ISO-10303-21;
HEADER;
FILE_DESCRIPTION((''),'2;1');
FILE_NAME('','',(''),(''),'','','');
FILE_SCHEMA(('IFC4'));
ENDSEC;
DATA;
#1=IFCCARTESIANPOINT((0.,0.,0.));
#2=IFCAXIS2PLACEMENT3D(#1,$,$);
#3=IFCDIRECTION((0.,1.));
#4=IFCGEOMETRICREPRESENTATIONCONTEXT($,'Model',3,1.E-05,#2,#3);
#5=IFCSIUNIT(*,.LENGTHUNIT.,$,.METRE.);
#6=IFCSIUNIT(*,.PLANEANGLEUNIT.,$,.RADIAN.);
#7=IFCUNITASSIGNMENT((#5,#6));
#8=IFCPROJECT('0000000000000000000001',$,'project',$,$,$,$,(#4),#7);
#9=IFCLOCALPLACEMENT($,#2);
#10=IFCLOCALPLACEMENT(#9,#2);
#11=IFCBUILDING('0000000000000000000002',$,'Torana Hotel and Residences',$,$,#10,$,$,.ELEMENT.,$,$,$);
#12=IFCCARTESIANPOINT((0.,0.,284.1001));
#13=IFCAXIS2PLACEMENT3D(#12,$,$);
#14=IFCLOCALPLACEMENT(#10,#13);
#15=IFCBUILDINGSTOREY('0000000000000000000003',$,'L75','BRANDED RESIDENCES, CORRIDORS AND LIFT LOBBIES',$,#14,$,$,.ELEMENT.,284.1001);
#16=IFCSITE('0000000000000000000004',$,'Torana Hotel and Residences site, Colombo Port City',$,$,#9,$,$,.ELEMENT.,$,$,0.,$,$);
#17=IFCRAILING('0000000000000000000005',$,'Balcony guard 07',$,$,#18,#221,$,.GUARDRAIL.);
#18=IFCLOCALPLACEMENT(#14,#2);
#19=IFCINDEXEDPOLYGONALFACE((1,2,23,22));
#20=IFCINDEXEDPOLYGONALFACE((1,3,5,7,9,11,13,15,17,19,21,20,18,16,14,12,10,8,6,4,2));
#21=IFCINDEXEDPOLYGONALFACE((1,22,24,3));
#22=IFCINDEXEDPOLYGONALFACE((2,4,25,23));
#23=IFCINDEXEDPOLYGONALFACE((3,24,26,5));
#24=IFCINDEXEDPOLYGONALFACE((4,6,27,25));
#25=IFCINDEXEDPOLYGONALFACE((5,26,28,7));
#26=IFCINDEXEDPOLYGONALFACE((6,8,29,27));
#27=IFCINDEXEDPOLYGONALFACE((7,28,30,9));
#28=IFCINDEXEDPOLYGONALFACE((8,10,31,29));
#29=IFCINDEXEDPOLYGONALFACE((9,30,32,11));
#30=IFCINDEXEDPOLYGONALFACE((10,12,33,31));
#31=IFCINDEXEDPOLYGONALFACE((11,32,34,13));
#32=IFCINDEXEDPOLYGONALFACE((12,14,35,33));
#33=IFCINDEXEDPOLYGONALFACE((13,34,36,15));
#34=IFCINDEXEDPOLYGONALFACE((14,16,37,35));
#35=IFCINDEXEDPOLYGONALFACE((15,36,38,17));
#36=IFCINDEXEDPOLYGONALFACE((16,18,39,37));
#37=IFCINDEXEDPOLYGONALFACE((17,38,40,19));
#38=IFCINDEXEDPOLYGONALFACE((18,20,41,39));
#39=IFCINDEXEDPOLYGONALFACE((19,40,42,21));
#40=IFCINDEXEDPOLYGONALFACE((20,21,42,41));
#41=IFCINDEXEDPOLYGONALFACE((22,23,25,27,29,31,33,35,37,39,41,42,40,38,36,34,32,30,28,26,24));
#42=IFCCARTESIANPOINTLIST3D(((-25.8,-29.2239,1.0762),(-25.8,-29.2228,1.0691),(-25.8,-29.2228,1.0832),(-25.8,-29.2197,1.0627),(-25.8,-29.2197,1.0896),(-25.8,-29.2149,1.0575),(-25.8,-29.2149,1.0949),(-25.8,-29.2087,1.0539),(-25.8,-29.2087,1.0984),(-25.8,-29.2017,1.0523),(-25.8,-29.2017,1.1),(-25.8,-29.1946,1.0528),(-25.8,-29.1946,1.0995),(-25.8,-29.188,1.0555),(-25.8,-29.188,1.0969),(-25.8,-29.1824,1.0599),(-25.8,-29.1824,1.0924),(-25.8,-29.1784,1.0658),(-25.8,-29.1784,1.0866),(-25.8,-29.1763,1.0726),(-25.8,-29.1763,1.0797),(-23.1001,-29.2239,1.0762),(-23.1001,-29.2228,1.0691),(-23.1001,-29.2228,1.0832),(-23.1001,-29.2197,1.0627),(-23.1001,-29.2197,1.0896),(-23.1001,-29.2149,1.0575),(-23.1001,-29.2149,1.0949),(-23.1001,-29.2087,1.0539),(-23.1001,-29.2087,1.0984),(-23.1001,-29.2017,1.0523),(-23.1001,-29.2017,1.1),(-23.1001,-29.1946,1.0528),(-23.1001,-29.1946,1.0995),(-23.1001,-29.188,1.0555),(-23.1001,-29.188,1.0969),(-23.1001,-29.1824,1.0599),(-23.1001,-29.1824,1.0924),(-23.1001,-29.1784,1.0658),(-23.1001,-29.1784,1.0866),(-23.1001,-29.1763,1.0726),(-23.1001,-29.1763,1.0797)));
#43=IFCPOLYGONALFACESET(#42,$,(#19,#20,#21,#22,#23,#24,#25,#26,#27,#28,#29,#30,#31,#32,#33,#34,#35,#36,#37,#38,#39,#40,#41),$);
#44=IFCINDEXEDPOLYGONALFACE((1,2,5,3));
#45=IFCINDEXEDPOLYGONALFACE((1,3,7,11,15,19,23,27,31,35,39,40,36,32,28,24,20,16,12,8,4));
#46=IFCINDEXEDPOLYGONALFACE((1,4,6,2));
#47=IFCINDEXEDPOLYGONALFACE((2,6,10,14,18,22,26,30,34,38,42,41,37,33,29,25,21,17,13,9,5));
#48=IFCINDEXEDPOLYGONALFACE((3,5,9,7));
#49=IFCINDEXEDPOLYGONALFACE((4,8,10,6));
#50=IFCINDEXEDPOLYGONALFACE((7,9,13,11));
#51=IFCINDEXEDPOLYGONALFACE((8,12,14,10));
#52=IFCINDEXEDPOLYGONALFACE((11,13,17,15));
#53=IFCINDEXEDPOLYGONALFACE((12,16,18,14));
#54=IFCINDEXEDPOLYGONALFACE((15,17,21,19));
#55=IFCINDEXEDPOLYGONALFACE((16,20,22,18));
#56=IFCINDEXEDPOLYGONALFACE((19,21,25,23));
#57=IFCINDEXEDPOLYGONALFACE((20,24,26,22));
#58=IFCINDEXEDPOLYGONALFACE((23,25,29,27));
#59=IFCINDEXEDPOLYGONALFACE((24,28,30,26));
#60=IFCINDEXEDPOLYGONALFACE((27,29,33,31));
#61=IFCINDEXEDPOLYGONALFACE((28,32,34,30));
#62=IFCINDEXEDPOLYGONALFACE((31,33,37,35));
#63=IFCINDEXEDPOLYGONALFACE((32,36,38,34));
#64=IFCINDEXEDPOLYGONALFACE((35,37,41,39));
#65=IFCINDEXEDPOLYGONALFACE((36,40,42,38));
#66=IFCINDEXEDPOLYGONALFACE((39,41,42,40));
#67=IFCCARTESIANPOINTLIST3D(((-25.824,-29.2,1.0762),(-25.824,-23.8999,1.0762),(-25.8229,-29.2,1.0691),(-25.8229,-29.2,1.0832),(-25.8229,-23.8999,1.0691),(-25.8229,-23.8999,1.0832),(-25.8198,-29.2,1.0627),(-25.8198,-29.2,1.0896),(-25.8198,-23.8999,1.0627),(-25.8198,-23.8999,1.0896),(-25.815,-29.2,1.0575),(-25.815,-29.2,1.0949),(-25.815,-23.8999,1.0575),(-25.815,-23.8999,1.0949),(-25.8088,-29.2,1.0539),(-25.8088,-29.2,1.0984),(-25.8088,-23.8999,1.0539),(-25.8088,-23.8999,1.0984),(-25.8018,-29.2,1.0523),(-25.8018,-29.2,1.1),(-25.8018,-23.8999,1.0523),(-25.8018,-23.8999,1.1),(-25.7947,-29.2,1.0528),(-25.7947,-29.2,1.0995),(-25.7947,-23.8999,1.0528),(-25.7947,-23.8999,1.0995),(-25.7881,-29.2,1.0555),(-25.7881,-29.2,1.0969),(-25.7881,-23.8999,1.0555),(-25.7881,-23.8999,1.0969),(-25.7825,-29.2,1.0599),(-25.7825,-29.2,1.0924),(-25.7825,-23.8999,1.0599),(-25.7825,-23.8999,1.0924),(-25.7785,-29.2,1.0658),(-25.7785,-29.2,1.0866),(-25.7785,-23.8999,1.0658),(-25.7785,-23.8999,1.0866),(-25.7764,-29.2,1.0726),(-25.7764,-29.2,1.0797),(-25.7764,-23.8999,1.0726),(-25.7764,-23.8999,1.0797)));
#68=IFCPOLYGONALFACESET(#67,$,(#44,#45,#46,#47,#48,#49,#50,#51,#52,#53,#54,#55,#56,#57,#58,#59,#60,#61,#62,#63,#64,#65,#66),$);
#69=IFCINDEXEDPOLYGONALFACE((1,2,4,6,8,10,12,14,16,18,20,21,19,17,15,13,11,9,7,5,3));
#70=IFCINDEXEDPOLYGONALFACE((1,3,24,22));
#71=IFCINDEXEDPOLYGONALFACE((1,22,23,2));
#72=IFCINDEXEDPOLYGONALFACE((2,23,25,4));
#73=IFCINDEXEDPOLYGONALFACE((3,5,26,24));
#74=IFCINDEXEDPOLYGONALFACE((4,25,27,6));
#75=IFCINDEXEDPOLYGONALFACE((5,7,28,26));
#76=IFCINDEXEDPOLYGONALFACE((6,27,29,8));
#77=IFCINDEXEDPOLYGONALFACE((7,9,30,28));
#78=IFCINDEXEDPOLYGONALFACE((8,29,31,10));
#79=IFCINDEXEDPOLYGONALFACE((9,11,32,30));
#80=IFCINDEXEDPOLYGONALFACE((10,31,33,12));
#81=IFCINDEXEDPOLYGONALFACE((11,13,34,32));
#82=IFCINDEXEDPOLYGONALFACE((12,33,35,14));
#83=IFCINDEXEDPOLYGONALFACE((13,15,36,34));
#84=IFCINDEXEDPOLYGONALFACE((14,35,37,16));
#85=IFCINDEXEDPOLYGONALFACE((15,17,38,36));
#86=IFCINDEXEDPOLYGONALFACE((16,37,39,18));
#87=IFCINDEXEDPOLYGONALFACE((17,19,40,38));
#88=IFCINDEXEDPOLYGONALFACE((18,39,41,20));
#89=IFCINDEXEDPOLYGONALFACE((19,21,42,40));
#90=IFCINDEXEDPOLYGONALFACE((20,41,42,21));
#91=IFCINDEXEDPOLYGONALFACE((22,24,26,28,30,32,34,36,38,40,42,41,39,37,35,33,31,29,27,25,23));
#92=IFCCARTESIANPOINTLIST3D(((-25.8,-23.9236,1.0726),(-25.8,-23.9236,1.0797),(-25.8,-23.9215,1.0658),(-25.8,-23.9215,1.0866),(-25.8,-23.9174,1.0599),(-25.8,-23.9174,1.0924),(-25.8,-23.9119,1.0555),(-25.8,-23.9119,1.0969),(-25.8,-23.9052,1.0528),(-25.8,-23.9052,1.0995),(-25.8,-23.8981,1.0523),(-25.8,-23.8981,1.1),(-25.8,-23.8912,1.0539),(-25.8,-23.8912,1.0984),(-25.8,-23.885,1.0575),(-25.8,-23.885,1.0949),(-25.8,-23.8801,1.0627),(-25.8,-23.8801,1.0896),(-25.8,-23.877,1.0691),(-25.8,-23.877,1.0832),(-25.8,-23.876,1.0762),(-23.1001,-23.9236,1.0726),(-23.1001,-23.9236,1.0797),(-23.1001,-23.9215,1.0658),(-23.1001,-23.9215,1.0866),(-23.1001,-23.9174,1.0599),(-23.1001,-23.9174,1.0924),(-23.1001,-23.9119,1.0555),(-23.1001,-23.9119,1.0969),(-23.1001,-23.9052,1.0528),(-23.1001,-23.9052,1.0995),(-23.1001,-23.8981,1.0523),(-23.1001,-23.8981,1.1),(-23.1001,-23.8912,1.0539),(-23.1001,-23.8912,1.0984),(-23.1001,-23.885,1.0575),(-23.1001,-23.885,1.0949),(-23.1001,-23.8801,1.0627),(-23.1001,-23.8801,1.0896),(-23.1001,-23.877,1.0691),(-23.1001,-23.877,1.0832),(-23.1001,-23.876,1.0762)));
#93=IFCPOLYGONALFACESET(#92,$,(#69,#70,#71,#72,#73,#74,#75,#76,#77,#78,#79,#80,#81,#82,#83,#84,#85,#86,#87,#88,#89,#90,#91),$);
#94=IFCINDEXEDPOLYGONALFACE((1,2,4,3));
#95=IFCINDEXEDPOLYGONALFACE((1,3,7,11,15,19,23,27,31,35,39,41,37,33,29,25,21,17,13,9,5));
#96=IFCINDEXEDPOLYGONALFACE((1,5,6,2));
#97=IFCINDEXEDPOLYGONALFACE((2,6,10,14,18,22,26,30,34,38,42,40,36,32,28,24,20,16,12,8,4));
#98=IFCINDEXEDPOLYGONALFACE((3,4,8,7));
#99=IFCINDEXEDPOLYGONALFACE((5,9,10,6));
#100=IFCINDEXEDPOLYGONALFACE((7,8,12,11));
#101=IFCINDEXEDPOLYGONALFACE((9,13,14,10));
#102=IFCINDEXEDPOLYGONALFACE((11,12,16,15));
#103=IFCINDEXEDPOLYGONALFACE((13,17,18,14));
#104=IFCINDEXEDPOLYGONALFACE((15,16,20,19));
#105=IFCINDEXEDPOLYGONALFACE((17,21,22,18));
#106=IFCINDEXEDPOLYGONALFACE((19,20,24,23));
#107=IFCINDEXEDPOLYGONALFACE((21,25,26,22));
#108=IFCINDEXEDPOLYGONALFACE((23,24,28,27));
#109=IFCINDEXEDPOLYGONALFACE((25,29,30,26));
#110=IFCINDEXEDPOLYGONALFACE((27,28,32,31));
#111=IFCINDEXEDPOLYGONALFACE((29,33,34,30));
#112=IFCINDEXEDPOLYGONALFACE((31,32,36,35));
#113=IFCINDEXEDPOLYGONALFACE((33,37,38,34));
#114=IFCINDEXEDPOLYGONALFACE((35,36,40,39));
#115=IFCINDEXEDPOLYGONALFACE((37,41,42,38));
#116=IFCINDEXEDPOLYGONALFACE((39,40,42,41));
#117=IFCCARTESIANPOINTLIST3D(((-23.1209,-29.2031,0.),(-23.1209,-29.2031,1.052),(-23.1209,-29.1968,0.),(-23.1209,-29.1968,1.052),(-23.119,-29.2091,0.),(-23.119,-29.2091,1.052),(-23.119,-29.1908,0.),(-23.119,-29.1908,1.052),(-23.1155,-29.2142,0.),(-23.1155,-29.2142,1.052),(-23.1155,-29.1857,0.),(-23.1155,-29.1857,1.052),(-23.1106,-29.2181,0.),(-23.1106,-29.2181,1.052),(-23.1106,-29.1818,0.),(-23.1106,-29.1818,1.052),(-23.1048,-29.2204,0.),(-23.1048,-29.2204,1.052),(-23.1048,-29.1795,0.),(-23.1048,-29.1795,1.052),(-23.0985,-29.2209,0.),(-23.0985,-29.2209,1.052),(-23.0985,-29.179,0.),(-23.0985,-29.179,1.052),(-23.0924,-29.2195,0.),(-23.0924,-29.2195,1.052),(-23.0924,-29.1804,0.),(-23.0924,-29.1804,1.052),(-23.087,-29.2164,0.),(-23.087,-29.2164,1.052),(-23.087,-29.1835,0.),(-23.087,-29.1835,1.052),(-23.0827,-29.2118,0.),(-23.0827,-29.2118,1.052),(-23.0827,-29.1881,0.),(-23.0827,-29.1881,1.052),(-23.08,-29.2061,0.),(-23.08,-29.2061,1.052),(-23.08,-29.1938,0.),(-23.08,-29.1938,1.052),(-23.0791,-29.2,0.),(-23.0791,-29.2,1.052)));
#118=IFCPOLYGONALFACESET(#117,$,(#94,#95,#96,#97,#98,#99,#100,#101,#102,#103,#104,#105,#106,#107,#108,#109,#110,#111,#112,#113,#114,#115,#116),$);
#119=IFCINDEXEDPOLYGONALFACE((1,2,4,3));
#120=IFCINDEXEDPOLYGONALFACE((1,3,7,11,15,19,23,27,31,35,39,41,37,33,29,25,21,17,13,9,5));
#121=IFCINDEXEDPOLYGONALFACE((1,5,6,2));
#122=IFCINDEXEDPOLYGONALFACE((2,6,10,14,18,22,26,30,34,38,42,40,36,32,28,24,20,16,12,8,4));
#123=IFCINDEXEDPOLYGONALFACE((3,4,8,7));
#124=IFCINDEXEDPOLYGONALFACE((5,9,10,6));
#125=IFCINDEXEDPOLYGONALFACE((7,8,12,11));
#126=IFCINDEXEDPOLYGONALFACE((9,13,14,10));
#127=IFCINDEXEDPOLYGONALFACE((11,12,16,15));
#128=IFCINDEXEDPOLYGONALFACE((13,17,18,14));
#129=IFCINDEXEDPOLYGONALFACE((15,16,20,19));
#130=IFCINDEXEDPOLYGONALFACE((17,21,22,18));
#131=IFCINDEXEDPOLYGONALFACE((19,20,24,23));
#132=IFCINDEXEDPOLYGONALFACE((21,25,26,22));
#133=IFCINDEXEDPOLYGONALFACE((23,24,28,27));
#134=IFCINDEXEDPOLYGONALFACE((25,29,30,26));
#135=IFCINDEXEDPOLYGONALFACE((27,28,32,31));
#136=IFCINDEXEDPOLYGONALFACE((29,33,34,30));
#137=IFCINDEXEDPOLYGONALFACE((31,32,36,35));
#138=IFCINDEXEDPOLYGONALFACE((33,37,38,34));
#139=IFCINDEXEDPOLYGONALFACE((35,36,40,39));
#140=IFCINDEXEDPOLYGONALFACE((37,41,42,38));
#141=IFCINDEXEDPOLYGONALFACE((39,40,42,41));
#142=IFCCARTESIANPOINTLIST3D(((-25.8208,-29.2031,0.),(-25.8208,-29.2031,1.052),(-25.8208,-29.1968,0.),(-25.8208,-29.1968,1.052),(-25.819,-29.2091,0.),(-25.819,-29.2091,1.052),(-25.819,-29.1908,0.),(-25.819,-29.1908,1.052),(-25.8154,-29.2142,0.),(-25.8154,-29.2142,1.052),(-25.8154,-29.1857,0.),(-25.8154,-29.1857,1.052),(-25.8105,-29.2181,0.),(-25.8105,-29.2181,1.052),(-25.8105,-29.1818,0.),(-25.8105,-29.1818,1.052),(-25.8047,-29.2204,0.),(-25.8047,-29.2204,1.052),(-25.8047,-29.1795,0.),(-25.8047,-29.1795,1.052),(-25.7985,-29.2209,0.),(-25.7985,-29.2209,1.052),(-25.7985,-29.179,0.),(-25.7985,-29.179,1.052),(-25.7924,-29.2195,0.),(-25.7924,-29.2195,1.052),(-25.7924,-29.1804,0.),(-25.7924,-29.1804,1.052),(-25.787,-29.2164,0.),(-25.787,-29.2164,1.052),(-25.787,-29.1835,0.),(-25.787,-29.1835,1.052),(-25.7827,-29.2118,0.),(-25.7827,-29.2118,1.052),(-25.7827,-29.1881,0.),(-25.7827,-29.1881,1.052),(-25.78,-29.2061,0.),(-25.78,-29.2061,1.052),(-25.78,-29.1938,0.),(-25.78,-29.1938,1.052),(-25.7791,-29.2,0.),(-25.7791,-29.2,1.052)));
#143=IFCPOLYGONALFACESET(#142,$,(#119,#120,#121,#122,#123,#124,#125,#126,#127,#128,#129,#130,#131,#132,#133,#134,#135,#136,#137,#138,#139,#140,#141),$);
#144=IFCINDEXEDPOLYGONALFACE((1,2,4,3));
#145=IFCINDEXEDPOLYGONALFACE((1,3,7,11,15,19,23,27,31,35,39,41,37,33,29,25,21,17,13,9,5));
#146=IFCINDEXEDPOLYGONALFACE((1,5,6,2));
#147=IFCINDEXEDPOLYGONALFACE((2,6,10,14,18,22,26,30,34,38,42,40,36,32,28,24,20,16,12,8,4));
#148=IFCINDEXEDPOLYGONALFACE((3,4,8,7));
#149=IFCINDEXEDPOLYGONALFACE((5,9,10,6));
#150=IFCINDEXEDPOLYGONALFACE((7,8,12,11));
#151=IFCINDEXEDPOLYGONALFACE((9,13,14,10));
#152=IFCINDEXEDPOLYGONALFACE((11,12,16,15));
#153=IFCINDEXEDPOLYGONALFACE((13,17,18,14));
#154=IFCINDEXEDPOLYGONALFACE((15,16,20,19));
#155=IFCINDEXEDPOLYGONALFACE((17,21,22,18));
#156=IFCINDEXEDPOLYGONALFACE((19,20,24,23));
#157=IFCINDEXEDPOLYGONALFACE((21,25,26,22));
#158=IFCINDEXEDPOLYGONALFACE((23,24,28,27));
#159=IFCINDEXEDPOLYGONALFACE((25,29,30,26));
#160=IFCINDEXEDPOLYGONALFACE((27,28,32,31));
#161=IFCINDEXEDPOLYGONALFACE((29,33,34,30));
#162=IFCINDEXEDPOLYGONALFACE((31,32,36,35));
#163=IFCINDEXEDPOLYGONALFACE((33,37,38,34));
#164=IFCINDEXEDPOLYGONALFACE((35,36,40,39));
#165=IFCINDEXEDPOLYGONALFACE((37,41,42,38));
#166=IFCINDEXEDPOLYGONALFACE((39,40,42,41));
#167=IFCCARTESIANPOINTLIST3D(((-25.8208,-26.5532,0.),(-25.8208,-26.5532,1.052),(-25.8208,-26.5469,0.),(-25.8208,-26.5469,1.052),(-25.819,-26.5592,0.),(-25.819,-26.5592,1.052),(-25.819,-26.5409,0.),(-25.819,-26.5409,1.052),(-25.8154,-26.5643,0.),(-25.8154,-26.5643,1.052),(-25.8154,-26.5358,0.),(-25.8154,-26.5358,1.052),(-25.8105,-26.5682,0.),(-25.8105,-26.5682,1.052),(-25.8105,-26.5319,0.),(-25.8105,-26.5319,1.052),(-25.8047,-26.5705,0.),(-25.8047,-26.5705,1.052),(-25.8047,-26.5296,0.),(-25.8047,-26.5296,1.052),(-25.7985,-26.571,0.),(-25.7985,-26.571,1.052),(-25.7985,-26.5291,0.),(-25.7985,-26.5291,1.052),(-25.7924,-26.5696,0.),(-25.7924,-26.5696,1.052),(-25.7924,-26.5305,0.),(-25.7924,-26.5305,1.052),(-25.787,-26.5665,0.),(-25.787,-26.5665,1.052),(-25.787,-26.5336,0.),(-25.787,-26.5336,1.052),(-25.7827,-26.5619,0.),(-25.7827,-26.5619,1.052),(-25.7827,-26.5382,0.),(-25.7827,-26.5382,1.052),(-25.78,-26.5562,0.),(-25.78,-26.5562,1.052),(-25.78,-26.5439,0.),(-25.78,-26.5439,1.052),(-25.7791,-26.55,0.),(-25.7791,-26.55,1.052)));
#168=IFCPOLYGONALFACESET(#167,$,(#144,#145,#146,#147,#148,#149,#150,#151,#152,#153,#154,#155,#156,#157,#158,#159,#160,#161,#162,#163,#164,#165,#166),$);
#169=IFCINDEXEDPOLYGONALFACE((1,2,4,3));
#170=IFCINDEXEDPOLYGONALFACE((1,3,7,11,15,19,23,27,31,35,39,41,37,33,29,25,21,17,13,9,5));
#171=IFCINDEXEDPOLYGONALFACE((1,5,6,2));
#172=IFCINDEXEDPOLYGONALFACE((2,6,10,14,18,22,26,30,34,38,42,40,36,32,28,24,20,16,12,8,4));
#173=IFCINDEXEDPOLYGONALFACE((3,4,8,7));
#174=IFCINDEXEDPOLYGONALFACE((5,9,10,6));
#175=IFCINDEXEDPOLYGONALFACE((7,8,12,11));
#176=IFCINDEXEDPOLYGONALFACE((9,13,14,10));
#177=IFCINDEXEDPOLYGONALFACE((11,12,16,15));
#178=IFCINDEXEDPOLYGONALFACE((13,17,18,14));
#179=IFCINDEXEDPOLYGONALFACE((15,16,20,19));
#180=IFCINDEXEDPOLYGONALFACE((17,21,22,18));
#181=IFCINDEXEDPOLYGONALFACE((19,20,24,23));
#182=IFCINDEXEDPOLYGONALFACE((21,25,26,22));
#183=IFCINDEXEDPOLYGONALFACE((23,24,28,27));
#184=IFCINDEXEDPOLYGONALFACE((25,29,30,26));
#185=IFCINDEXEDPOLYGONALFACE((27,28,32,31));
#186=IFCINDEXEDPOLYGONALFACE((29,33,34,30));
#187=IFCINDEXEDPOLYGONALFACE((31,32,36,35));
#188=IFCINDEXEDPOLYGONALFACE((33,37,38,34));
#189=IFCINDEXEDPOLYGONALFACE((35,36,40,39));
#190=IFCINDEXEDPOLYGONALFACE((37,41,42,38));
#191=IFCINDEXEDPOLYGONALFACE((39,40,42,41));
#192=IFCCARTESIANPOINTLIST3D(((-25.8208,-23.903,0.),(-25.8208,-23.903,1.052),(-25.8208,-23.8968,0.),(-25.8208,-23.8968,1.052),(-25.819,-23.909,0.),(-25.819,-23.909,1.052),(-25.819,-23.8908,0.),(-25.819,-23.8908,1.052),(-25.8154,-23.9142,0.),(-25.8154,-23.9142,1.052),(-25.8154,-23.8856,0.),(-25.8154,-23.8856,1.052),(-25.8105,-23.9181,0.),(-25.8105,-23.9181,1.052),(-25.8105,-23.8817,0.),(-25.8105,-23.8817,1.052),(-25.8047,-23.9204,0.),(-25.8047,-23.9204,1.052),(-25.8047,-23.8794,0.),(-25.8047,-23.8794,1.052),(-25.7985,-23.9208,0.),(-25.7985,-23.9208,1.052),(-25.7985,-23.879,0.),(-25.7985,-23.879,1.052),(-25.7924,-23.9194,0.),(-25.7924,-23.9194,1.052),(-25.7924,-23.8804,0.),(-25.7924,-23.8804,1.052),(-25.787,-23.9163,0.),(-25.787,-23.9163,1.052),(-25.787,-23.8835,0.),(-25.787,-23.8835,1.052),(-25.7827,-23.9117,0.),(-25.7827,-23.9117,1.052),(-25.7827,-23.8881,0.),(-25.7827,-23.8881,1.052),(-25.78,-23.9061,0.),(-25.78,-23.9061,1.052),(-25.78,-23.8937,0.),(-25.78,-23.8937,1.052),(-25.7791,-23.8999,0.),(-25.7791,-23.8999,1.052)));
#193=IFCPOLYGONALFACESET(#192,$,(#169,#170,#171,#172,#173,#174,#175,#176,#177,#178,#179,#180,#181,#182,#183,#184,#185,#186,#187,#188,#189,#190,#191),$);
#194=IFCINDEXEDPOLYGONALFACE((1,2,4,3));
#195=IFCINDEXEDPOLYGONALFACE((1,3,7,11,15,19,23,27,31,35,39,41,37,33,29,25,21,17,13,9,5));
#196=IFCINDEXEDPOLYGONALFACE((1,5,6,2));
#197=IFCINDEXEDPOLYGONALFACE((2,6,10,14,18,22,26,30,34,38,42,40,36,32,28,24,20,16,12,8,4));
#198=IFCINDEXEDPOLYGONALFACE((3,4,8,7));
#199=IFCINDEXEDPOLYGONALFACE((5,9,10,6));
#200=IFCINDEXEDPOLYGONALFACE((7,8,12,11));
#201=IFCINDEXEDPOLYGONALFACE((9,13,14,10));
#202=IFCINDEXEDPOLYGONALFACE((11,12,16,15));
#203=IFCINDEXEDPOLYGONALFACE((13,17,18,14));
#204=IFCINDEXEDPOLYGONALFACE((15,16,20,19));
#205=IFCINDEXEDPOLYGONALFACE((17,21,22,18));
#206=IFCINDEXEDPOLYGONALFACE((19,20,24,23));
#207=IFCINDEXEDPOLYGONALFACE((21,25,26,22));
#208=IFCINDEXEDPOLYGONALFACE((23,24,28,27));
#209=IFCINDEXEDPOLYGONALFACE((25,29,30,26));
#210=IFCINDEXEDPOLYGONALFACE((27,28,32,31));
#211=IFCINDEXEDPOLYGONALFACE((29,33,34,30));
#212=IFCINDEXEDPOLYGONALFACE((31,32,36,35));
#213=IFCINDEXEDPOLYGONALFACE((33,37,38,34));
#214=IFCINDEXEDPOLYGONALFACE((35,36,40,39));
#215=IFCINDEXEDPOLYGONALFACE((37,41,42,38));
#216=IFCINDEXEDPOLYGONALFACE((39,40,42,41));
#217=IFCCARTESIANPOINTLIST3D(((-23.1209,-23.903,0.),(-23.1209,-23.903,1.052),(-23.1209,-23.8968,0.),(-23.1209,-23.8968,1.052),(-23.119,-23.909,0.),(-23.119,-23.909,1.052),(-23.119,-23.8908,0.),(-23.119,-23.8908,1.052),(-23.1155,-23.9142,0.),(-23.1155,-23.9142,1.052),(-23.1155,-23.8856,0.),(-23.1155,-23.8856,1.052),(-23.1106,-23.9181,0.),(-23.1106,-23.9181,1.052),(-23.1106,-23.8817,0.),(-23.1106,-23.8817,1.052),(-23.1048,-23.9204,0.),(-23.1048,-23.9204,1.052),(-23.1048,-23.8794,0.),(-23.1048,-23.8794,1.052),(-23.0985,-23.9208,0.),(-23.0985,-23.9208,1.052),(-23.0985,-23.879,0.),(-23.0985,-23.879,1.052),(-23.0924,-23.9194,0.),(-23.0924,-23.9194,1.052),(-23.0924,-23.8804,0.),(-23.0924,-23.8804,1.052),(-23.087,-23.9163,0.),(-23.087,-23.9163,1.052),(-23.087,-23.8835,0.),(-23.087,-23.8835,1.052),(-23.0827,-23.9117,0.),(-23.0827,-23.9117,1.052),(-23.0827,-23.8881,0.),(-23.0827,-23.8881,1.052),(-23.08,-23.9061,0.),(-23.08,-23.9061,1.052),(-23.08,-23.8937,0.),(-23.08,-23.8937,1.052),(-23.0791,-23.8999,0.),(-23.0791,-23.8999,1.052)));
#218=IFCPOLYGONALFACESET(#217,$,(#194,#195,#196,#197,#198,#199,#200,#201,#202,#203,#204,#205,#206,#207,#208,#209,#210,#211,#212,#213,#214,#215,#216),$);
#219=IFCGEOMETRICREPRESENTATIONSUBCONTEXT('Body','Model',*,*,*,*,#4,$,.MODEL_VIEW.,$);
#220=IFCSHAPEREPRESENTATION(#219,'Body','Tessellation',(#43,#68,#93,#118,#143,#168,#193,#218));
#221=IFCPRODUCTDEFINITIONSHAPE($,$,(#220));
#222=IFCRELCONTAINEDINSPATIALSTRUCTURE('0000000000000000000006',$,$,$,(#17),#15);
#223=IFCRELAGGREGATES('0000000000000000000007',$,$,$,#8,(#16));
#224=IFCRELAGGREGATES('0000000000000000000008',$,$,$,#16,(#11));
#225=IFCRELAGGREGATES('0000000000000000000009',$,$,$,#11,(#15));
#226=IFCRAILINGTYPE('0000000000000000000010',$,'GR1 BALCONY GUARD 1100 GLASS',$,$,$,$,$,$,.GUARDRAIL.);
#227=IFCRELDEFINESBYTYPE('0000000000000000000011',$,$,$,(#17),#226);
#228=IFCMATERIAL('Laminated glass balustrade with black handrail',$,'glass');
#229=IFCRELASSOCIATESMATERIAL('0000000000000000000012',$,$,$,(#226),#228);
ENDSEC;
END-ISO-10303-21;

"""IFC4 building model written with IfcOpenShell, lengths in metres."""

from ifc_helpers import new_model, si_unit, direction, frame, origin, origin_2d, place, context, subcontext, project, spatial, circle, extrude, material, type_object, element, save


model = new_model("IFC4")

# Units and contexts
model_context = context("Model", 3, precision=1e-05, world=origin(), true_north=direction((0.0, 1.0)))
body_context = subcontext(model_context, "Body", "Model", "MODEL_VIEW")
ifc_project = project(units=[si_unit("LENGTHUNIT", "METRE"), si_unit("PLANEANGLEUNIT", "RADIAN")], contexts=[model_context])

# Site, building, storey
site_placement = place(None, origin())
site = spatial("IfcSite", under=ifc_project, at=site_placement, Name="Torana Hotel and Residences site, Colombo Port City", CompositionType="ELEMENT", RefElevation=0.0)
building_placement = place(site_placement, origin())
building = spatial("IfcBuilding", under=site, at=building_placement, Name="Torana Hotel and Residences", CompositionType="ELEMENT")
storey_placement = place(building_placement, frame((0.0, 0.0, 284.1001)))
storey = spatial("IfcBuildingStorey", under=building, at=storey_placement, Name="L75", Description="BRANDED RESIDENCES, CORRIDORS AND LIFT LOBBIES", CompositionType="ELEMENT", Elevation=284.1001)

# Railing
ifc_material_1 = material(Name="Laminated glass balustrade with black handrail", Category="glass")
railing_type = type_object("IfcRailingType", Name="GR1 BALCONY GUARD 1100 GLASS", PredefinedType="GUARDRAIL", material=ifc_material_1)
railing_placement = place(storey_placement, frame((-23.1001, -29.2, 0.0)))
element("IfcRailing", 1, at=railing_placement, inside=storey, type_object=railing_type, Name="Balcony guard 07", PredefinedType="GUARDRAIL", context=body_context, shape_type="SweptSolid", body=[
    extrude(circle(Radius=0.0239, at=origin_2d()), frame((0.0, 0.0, 1.0762), z_axis=(-1.0, 0.0, 0.0), x_axis=(0.0, -1.0, 0.0)), (0.0, 0.0, 1.0), 2.7),
    extrude(circle(Radius=0.0239, at=origin_2d()), frame((-2.7, 0.0, 1.0762), z_axis=(0.0, 1.0, 0.0), x_axis=(-1.0, 0.0, 0.0)), (0.0, 0.0, 1.0), 5.3),
    extrude(circle(Radius=0.0239, at=origin_2d()), frame((-2.7, 5.3, 1.0762), z_axis=(1.0, 0.0, 0.0), x_axis=(0.0, 1.0, 0.0)), (0.0, 0.0, 1.0), 2.7),
    extrude(circle(Radius=0.021, at=origin_2d()), origin(), (0.0, 0.0, 1.0), 1.052),
    extrude(circle(Radius=0.021, at=origin_2d()), frame((-2.7, 0.0, 0.0)), (0.0, 0.0, 1.0), 1.052),
    extrude(circle(Radius=0.021, at=origin_2d()), frame((-2.7, 2.6499, 0.0)), (0.0, 0.0, 1.0), 1.052),
    extrude(circle(Radius=0.021, at=origin_2d()), frame((-2.7, 5.3, 0.0)), (0.0, 0.0, 1.0), 1.052),
    extrude(circle(Radius=0.021, at=origin_2d()), frame((0.0, 5.3, 0.0)), (0.0, 0.0, 1.0), 1.052),
])

save(model, "model.ifc")
